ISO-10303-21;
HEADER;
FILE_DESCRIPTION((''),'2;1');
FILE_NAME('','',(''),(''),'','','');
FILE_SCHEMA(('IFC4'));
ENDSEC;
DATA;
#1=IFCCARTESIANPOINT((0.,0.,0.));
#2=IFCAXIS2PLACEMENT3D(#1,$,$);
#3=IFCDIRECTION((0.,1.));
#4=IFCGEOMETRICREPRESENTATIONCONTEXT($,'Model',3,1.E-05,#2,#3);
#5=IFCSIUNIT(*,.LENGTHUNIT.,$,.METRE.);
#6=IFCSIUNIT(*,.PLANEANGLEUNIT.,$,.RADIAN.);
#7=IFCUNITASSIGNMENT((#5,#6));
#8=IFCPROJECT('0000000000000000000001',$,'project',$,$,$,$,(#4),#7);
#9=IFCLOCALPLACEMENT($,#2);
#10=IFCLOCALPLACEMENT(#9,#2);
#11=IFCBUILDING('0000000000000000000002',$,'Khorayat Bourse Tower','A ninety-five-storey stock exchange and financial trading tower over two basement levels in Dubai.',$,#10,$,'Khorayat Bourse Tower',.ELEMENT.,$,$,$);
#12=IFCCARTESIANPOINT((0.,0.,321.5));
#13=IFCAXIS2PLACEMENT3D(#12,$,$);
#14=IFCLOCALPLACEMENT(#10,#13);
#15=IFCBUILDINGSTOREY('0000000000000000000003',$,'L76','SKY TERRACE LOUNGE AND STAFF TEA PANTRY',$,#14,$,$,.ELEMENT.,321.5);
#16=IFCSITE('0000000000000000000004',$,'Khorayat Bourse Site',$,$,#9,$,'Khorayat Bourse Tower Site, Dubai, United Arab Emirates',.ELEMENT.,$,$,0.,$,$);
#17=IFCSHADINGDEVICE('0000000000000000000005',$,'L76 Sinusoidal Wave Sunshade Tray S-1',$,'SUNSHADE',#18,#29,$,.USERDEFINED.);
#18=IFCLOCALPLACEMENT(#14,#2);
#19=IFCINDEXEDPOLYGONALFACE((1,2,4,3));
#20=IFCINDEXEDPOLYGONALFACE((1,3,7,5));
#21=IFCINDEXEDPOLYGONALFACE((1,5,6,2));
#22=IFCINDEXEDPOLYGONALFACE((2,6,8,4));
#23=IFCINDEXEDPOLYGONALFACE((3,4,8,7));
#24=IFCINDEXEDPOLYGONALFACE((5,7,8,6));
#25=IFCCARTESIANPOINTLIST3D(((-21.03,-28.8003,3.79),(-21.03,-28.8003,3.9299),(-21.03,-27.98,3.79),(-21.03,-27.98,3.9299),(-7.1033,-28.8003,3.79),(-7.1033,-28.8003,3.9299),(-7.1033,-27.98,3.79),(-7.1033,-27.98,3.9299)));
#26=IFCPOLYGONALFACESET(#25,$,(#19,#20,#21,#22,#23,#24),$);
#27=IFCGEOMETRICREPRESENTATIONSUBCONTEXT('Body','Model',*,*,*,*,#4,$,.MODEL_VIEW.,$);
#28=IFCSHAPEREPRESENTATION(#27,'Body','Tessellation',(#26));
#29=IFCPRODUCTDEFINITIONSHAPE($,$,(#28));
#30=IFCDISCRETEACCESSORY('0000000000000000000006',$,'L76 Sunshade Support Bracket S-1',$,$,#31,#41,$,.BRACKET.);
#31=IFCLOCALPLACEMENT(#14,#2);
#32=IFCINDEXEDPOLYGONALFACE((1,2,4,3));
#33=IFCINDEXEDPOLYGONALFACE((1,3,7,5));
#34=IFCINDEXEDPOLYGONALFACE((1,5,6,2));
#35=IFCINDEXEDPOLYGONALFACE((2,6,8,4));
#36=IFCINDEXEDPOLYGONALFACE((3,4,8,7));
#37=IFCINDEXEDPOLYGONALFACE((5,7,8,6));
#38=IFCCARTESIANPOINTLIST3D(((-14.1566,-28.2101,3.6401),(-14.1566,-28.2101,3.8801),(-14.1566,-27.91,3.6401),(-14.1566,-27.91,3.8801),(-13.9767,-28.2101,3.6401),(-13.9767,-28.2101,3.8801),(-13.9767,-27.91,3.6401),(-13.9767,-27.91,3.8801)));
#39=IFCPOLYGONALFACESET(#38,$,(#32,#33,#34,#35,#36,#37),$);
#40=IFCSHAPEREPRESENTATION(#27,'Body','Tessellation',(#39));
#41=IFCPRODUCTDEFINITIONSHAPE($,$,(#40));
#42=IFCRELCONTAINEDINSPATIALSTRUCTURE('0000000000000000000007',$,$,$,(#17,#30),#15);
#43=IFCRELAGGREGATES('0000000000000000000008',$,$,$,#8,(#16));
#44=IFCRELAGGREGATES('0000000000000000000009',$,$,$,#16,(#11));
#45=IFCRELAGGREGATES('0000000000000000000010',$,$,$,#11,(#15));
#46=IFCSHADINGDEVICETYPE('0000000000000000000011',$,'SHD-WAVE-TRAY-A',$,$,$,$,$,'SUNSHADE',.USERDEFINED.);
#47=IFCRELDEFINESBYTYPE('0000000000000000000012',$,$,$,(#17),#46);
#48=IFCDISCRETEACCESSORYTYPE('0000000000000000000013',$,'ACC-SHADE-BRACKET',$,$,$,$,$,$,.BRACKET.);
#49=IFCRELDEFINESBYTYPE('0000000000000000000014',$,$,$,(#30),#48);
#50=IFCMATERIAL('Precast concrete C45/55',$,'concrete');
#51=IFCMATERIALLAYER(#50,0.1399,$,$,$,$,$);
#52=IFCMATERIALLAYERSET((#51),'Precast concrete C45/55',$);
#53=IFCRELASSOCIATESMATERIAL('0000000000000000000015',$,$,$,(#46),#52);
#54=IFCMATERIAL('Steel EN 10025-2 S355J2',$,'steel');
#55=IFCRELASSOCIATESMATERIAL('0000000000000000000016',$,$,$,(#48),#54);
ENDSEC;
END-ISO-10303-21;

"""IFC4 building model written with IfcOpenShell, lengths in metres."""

from ifc_helpers import new_model, si_unit, direction, frame, origin, origin_2d, place, context, subcontext, project, spatial, rectangle, extrude, source, transform, mapped, material, layer, layer_set, type_object, element, save


model = new_model("IFC4")

# Units and contexts
model_context = context("Model", 3, precision=1e-05, world=origin(), true_north=direction((0.0, 1.0)))
body_context = subcontext(model_context, "Body", "Model", "MODEL_VIEW")
ifc_project = project(units=[si_unit("LENGTHUNIT", "METRE"), si_unit("PLANEANGLEUNIT", "RADIAN")], contexts=[model_context])

# Site, building, storey
site_placement = place(None, origin())
site = spatial("IfcSite", under=ifc_project, at=site_placement, Name="Khorayat Bourse Site", LongName="Khorayat Bourse Tower Site, Dubai, United Arab Emirates", CompositionType="ELEMENT", RefElevation=0.0)
building_placement = place(site_placement, origin())
building = spatial("IfcBuilding", under=site, at=building_placement, Name="Khorayat Bourse Tower", Description="A ninety-five-storey stock exchange and financial trading tower over two basement levels in Dubai.", LongName="Khorayat Bourse Tower", CompositionType="ELEMENT")
storey_placement = place(building_placement, frame((0.0, 0.0, 321.5)))
storey = spatial("IfcBuildingStorey", under=building, at=storey_placement, Name="L76", Description="SKY TERRACE LOUNGE AND STAFF TEA PANTRY", CompositionType="ELEMENT", Elevation=321.5)

# Shared definitions
ifc_material_1 = material(Name="Steel EN 10025-2 S355J2", Category="steel")

# Shading device
ifc_material_2 = material(Name="Precast concrete C45/55", Category="concrete")
ifc_layer_1 = layer(ifc_material_2, 0.1399)
ifc_layer_set_1 = layer_set([ifc_layer_1], Name="Precast concrete C45/55")
shading_device_type = type_object("IfcShadingDeviceType", Name="SHD-WAVE-TRAY-A", ElementType="SUNSHADE", PredefinedType="USERDEFINED", material=ifc_layer_set_1)
shared_shape_1 = source(origin(), body_context, "Body", "SweptSolid", [
    extrude(rectangle(XDim=13.9268, YDim=0.8203, at=origin_2d()), origin(), (0.0, 0.0, 1.0), 0.1399),
])
shading_device_placement = place(storey_placement, frame((-14.0667, -28.3901, 3.79), z_axis=(0.0, 0.0, 1.0), x_axis=(1.0, 0.0, 0.0)))
element("IfcShadingDevice", 1, at=shading_device_placement, inside=storey, type_object=shading_device_type, Name="L76 Sinusoidal Wave Sunshade Tray S-1", ObjectType="SUNSHADE", PredefinedType="USERDEFINED", context=body_context, shape_type="MappedRepresentation", body=[
    mapped(shared_shape_1, transform((0.0, 0.0, 0.0), scale=1.0)),
])

# Discrete accessory
discrete_accessory_type = type_object("IfcDiscreteAccessoryType", Name="ACC-SHADE-BRACKET", PredefinedType="BRACKET", material=ifc_material_1)
shared_shape_2 = source(origin(), body_context, "Body", "SweptSolid", [
    extrude(rectangle(XDim=0.1799, YDim=0.3, at=origin_2d()), origin(), (0.0, 0.0, 1.0), 0.24),
])
discrete_accessory_placement = place(storey_placement, frame((-14.0667, -28.0601, 3.6401), z_axis=(0.0, 0.0, 1.0), x_axis=(1.0, 0.0, 0.0)))
element("IfcDiscreteAccessory", 2, at=discrete_accessory_placement, inside=storey, type_object=discrete_accessory_type, Name="L76 Sunshade Support Bracket S-1", PredefinedType="BRACKET", context=body_context, shape_type="MappedRepresentation", body=[
    mapped(shared_shape_2, transform((0.0, 0.0, 0.0), scale=1.0)),
])

save(model, "model.ifc")
